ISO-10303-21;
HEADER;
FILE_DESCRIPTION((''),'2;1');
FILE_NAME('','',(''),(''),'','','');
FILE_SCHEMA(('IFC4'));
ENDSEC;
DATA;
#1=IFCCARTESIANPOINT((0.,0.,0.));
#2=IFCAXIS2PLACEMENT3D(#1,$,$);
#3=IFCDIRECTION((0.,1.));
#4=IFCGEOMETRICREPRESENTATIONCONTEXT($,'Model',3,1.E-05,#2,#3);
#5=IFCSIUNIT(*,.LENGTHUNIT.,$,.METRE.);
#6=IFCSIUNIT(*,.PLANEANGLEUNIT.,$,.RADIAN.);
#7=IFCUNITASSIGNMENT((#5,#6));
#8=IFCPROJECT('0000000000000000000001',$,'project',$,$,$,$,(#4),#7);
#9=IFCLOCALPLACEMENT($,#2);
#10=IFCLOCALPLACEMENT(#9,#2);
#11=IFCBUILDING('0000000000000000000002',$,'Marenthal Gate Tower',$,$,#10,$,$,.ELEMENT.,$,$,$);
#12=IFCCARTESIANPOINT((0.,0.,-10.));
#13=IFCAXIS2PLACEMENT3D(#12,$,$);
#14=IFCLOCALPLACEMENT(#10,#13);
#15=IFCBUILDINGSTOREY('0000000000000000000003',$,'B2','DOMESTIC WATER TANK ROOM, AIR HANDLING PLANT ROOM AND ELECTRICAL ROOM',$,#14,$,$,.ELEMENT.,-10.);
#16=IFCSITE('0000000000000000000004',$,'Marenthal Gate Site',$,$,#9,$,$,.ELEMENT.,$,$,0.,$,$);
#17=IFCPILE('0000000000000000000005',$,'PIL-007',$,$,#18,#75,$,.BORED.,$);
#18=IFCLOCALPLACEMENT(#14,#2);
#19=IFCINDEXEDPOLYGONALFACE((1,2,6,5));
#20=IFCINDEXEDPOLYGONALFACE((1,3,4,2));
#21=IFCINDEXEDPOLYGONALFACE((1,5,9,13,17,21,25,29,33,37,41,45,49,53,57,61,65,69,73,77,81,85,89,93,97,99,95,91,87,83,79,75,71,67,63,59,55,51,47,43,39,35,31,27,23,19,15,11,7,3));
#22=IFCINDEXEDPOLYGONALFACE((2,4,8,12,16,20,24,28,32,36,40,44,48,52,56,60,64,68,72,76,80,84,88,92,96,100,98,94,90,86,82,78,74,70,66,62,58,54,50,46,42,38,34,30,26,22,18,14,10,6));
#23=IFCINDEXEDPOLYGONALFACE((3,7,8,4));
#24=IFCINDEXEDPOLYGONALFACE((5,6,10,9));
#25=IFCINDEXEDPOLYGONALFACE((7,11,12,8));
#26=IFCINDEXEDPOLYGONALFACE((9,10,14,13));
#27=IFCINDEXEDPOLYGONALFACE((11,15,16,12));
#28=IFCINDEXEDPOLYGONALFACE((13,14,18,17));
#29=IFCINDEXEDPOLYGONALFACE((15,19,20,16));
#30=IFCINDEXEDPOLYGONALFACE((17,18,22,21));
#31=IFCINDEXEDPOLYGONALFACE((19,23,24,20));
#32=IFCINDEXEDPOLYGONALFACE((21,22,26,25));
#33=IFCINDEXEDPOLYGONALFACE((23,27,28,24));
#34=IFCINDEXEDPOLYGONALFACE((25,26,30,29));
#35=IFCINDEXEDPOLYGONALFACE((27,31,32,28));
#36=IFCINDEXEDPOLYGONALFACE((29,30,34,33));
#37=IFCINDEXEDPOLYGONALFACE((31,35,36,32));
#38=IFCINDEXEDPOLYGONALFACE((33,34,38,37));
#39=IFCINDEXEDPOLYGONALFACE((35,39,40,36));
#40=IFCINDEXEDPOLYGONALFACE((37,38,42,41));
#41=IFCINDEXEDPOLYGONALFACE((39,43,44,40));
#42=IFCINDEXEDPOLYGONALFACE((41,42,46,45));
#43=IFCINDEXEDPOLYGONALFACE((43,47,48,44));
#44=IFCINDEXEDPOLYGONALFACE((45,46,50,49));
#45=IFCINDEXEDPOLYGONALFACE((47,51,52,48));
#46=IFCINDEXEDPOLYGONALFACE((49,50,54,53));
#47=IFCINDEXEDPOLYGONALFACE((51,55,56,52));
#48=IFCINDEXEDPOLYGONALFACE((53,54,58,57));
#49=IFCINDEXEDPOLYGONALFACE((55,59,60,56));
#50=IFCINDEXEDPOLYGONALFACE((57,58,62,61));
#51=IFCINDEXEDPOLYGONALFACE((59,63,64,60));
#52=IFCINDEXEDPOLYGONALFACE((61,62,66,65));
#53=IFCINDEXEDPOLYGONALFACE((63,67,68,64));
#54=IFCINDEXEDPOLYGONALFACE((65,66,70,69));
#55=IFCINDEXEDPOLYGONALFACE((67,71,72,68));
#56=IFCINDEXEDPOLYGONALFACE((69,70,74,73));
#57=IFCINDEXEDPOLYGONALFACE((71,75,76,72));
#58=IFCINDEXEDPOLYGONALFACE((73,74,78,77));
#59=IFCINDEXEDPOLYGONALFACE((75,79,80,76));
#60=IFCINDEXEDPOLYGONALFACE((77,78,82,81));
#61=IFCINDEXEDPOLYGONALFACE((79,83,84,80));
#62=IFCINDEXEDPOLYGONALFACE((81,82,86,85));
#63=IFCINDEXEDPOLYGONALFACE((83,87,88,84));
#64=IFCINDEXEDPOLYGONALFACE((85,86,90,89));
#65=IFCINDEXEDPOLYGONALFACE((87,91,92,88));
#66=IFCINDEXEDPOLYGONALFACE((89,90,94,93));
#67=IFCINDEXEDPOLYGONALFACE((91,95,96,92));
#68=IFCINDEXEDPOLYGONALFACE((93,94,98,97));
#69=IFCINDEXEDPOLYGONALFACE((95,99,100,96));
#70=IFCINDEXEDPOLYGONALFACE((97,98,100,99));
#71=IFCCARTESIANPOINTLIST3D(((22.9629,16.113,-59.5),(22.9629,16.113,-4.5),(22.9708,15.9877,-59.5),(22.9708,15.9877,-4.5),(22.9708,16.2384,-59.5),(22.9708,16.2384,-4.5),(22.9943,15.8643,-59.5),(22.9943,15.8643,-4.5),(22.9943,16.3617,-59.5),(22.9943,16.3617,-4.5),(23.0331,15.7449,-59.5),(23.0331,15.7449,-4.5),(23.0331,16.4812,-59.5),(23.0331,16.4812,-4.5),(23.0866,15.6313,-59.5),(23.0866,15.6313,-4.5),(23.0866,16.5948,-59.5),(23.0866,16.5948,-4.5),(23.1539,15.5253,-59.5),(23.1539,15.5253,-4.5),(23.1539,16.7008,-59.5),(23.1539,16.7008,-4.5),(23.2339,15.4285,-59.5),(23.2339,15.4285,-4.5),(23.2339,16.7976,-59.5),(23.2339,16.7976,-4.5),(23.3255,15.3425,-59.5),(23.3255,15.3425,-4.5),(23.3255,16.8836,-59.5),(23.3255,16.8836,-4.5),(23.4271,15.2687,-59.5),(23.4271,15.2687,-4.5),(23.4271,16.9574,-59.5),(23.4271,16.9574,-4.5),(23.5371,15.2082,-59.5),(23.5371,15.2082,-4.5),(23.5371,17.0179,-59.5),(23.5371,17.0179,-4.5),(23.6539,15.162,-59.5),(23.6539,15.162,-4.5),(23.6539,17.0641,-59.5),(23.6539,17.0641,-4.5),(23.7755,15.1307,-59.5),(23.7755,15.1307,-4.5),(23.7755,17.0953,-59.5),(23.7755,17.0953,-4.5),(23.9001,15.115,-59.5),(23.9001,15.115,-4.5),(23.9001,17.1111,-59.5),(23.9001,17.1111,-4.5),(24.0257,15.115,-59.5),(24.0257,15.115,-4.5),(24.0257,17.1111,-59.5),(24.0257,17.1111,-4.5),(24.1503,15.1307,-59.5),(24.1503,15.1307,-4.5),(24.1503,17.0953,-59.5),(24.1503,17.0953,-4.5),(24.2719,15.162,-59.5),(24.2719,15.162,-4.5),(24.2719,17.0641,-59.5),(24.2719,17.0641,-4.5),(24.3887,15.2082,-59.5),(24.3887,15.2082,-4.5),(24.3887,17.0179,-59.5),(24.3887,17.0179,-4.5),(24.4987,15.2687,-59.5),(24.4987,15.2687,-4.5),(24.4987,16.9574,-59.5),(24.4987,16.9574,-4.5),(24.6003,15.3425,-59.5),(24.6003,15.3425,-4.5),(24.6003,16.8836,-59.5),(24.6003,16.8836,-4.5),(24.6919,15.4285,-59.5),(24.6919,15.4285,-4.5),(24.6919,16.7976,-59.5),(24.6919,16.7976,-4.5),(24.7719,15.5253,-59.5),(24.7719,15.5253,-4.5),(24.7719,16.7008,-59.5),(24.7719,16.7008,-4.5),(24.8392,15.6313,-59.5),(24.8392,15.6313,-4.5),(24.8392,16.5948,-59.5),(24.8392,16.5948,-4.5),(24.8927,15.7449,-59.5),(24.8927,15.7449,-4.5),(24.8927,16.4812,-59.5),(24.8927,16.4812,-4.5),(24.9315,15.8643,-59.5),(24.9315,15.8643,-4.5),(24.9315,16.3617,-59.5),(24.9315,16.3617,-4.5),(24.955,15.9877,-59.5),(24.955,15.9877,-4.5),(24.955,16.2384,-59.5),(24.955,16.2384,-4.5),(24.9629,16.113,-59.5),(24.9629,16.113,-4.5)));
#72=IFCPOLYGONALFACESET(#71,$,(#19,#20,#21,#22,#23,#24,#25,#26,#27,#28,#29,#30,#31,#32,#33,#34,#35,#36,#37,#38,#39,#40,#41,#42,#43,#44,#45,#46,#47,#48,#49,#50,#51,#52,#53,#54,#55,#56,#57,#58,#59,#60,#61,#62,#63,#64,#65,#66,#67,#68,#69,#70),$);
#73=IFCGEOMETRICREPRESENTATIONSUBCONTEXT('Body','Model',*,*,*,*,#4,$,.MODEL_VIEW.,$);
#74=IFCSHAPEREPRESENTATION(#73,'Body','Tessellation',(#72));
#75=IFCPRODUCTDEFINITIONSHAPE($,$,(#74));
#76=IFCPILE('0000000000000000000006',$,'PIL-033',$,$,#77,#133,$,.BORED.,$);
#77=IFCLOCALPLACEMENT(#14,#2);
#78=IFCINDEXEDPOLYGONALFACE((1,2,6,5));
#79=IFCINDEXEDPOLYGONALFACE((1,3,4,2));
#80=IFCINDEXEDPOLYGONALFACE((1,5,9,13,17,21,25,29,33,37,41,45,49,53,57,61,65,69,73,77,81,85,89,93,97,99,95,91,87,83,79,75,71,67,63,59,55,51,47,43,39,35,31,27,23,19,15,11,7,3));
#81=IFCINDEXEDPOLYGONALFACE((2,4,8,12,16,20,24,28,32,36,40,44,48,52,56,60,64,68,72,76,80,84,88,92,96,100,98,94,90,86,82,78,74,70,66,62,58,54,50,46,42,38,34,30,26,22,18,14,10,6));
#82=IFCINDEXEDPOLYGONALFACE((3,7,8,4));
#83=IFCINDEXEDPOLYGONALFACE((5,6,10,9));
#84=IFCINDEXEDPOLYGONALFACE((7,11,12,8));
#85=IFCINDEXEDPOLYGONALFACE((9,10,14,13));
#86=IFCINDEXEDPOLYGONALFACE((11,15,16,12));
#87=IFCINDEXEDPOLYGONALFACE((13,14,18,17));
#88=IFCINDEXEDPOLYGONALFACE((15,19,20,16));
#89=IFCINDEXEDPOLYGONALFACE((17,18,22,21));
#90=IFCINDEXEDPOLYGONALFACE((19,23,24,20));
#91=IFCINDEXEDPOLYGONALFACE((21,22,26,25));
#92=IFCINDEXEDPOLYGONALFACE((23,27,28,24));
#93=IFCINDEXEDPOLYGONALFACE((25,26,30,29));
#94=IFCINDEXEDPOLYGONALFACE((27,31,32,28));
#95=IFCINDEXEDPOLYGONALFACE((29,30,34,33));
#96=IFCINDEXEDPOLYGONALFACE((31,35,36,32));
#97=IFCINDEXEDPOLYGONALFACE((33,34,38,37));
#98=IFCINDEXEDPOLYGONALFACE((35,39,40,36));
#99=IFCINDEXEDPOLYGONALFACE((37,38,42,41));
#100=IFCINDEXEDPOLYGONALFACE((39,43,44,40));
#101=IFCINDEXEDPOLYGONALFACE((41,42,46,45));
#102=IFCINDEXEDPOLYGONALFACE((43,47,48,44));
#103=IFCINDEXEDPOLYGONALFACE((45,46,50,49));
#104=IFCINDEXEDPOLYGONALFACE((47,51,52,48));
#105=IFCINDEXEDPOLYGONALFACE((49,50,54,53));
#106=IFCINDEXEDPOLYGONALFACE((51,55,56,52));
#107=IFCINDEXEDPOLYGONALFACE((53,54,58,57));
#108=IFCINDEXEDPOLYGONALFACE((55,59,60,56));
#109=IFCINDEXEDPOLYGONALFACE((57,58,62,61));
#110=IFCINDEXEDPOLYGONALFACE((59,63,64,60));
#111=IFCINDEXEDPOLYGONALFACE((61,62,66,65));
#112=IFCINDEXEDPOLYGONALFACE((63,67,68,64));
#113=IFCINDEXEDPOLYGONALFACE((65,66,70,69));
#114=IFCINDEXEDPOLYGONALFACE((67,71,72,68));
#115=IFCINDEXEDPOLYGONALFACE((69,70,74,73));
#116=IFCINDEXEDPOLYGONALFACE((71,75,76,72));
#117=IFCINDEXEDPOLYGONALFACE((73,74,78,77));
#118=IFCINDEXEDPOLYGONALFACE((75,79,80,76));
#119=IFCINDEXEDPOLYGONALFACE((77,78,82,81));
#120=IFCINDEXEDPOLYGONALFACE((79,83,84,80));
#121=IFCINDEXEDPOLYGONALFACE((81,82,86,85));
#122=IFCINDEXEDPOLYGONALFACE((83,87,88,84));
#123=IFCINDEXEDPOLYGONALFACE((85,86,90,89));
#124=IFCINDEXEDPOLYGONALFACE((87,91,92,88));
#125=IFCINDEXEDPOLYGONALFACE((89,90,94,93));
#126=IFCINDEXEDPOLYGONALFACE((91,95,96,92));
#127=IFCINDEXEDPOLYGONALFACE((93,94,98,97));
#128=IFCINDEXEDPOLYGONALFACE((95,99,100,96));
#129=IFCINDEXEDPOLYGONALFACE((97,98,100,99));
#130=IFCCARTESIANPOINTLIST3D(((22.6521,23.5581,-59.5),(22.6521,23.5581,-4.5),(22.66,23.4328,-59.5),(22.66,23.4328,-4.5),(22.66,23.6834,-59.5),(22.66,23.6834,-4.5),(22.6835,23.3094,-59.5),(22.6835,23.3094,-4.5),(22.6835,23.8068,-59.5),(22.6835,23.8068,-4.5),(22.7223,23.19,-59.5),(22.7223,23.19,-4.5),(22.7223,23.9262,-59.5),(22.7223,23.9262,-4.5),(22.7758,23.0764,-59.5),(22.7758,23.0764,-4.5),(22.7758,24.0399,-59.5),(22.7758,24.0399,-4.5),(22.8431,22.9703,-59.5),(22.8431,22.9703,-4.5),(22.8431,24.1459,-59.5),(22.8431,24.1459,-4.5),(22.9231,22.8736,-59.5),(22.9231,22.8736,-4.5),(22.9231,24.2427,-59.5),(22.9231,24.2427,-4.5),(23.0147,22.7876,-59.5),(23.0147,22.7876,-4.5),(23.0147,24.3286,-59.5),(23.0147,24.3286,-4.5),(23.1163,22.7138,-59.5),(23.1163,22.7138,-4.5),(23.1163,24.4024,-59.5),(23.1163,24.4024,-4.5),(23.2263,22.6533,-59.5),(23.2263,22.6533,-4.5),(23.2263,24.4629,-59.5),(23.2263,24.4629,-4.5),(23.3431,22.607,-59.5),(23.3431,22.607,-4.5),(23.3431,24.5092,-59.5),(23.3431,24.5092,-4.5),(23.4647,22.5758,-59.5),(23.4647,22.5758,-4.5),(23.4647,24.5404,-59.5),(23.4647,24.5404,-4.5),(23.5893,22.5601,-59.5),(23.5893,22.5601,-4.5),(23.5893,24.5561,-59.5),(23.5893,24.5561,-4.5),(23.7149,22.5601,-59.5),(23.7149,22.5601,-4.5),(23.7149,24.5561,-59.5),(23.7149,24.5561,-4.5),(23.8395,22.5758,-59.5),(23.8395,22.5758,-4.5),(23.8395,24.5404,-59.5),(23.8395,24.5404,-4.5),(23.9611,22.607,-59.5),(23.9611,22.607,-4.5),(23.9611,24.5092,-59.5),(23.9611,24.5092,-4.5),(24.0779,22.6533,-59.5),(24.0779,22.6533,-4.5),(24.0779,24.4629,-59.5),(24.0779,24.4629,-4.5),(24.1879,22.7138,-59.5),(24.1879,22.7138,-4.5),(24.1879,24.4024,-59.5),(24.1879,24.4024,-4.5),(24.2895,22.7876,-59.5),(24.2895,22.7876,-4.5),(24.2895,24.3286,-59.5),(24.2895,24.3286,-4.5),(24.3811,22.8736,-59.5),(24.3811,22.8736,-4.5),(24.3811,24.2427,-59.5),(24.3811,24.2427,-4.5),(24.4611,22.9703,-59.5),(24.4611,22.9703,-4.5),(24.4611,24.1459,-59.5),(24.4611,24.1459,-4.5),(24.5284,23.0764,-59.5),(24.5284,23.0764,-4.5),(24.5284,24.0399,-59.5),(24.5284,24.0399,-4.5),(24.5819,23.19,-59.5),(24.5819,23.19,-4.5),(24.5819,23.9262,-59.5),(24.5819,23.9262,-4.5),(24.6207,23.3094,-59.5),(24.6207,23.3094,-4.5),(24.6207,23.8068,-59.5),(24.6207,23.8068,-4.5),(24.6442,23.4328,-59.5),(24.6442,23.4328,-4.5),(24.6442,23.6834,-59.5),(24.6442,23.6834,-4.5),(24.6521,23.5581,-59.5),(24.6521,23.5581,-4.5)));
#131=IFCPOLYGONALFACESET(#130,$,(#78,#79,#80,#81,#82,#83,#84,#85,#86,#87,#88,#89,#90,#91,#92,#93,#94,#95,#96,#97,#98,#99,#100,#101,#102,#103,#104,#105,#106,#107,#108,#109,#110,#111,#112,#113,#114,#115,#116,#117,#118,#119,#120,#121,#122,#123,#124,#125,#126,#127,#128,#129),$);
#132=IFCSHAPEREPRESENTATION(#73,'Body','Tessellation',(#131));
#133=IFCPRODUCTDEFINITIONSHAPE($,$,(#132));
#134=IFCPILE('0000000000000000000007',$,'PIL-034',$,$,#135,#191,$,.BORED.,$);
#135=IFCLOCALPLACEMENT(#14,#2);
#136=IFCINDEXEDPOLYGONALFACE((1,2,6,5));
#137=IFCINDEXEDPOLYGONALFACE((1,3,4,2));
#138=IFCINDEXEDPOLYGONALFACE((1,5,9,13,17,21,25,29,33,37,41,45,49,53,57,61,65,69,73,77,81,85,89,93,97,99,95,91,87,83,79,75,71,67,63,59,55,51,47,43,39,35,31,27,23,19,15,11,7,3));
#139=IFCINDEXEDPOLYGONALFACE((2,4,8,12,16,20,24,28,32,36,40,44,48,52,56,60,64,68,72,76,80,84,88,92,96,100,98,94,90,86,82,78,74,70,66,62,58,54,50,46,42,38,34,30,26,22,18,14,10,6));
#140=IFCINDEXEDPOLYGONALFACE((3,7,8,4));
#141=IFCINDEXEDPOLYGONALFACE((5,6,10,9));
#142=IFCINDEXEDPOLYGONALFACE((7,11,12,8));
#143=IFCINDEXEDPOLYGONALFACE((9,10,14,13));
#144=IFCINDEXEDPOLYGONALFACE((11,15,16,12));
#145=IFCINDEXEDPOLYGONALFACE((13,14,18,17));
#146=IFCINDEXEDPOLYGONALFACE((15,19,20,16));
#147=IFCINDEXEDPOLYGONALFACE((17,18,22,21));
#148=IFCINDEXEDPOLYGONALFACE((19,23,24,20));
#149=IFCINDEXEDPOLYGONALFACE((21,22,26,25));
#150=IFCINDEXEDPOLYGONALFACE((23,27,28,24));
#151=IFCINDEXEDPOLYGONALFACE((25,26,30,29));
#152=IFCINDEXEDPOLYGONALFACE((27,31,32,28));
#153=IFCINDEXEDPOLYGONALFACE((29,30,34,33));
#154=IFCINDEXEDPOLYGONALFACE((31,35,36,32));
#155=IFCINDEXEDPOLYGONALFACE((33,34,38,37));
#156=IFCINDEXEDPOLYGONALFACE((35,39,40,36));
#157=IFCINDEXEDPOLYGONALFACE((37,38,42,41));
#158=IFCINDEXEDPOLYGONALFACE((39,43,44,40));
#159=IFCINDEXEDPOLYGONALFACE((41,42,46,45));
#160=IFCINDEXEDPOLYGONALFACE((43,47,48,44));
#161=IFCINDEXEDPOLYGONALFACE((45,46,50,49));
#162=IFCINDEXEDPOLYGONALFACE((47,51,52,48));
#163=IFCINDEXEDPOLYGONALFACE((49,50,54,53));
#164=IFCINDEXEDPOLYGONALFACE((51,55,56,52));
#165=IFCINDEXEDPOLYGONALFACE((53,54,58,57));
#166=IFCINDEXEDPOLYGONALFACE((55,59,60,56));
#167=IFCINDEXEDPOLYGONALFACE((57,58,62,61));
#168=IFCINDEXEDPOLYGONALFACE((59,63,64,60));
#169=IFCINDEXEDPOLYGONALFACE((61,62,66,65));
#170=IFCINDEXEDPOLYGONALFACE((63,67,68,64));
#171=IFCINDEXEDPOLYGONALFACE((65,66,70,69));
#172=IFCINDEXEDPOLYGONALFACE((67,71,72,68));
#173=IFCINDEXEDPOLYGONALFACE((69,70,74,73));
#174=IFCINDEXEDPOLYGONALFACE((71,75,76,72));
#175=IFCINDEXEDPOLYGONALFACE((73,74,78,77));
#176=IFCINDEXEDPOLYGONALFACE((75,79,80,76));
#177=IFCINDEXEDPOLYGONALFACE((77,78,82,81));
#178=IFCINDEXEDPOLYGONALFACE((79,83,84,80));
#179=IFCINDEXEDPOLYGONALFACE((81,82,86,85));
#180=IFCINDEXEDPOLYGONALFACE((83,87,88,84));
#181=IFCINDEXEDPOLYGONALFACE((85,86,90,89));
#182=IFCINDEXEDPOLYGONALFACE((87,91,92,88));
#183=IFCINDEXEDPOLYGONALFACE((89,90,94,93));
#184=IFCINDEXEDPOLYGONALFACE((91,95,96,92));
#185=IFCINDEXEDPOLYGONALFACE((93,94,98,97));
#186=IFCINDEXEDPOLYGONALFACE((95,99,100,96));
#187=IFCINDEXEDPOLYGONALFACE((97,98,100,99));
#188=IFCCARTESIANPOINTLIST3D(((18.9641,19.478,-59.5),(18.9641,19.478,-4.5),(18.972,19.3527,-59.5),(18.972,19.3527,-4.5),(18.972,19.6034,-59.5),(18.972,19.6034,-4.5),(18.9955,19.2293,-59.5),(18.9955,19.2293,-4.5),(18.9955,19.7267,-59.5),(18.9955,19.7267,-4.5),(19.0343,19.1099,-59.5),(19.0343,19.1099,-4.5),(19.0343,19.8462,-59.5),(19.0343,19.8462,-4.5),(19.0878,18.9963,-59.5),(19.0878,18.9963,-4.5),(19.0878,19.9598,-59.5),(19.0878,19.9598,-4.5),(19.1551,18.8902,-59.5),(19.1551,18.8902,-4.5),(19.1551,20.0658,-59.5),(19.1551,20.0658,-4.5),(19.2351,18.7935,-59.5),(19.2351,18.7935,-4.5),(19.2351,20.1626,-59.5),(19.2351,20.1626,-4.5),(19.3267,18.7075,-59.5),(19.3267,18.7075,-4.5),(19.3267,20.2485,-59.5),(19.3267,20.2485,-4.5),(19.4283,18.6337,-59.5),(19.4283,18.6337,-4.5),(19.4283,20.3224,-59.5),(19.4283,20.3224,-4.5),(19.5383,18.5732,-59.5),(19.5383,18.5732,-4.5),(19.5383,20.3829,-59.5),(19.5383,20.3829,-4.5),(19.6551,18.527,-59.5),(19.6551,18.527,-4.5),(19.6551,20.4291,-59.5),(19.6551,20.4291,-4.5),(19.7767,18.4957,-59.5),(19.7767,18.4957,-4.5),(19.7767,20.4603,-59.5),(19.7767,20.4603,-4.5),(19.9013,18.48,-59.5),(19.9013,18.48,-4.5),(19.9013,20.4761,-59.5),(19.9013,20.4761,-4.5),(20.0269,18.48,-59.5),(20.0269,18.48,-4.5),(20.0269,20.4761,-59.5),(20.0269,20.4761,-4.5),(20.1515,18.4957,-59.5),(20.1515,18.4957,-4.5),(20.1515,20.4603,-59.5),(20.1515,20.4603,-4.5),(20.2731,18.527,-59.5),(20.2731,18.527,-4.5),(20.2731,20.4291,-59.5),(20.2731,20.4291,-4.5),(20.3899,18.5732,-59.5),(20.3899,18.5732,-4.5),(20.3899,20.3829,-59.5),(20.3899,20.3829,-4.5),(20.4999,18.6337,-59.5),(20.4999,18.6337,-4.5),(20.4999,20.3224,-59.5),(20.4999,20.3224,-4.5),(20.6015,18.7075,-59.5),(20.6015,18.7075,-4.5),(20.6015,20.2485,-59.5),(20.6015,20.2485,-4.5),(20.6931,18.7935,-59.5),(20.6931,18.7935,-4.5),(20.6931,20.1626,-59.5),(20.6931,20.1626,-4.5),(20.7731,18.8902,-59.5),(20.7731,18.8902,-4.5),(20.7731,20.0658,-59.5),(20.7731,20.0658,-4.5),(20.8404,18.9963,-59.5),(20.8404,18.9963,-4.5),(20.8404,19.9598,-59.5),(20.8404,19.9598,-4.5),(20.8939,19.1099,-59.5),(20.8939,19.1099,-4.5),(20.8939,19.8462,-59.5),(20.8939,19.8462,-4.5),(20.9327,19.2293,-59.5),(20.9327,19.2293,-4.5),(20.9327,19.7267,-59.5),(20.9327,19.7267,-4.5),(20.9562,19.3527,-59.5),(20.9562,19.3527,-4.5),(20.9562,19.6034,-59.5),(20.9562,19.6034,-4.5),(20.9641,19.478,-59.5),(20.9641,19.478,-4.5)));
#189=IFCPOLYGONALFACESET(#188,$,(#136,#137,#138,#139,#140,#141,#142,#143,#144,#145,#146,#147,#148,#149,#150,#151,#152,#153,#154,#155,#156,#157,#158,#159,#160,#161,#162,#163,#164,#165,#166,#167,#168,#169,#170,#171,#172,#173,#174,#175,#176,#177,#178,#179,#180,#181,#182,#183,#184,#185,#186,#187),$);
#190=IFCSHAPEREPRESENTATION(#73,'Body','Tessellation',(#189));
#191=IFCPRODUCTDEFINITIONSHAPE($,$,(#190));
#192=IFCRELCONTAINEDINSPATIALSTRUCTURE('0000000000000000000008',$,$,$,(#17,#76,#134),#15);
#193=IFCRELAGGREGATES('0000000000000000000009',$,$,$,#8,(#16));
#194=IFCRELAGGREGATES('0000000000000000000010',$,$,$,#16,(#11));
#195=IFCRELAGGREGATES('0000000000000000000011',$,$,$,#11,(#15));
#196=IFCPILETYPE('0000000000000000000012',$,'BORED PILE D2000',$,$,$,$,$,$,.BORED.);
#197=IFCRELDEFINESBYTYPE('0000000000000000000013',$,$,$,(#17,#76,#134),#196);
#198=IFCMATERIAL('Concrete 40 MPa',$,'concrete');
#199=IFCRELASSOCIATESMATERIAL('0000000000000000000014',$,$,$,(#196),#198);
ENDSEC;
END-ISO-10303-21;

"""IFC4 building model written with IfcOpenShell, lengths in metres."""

from ifc_helpers import new_model, si_unit, direction, frame, origin, origin_2d, place, context, subcontext, project, spatial, circle, extrude, material, type_object, element, save


model = new_model("IFC4")

# Units and contexts
model_context = context("Model", 3, precision=1e-05, world=origin(), true_north=direction((0.0, 1.0)))
body_context = subcontext(model_context, "Body", "Model", "MODEL_VIEW")
ifc_project = project(units=[si_unit("LENGTHUNIT", "METRE"), si_unit("PLANEANGLEUNIT", "RADIAN")], contexts=[model_context])

# Site, building, storey
site_placement = place(None, origin())
site = spatial("IfcSite", under=ifc_project, at=site_placement, Name="Marenthal Gate Site", CompositionType="ELEMENT", RefElevation=0.0)
building_placement = place(site_placement, origin())
building = spatial("IfcBuilding", under=site, at=building_placement, Name="Marenthal Gate Tower", CompositionType="ELEMENT")
storey_placement = place(building_placement, frame((0.0, 0.0, -10.0)))
storey = spatial("IfcBuildingStorey", under=building, at=storey_placement, Name="B2", Description="DOMESTIC WATER TANK ROOM, AIR HANDLING PLANT ROOM AND ELECTRICAL ROOM", CompositionType="ELEMENT", Elevation=-10.0)

# Piles
ifc_material_1 = material(Name="Concrete 40 MPa", Category="concrete")
pile_type = type_object("IfcPileType", Name="BORED PILE D2000", PredefinedType="BORED", material=ifc_material_1)
for number, where, z_axis, x_axis, name in (
    (1, (23.9629, 16.113, -4.5), (0.0, 0.0, -1.0), (1.0, 0.0, 0.0), "PIL-007"),
    (2, (23.6521, 23.5581, -4.5), (0.0, 0.0, -1.0), (1.0, 0.0, 0.0), "PIL-033"),
    (3, (19.9641, 19.478, -4.5), (0.0, 0.0, -1.0), (1.0, 0.0, 0.0), "PIL-034"),
):
    element("IfcPile", number, at=place(storey_placement, frame(where, z_axis=z_axis, x_axis=x_axis)), inside=storey, type_object=pile_type, Name=name, PredefinedType="BORED", context=body_context, shape_type="SweptSolid", body=[
        extrude(circle(Radius=1.0, at=origin_2d()), origin(), (0.0, 0.0, 1.0), 55.0),
    ])

save(model, "model.ifc")
